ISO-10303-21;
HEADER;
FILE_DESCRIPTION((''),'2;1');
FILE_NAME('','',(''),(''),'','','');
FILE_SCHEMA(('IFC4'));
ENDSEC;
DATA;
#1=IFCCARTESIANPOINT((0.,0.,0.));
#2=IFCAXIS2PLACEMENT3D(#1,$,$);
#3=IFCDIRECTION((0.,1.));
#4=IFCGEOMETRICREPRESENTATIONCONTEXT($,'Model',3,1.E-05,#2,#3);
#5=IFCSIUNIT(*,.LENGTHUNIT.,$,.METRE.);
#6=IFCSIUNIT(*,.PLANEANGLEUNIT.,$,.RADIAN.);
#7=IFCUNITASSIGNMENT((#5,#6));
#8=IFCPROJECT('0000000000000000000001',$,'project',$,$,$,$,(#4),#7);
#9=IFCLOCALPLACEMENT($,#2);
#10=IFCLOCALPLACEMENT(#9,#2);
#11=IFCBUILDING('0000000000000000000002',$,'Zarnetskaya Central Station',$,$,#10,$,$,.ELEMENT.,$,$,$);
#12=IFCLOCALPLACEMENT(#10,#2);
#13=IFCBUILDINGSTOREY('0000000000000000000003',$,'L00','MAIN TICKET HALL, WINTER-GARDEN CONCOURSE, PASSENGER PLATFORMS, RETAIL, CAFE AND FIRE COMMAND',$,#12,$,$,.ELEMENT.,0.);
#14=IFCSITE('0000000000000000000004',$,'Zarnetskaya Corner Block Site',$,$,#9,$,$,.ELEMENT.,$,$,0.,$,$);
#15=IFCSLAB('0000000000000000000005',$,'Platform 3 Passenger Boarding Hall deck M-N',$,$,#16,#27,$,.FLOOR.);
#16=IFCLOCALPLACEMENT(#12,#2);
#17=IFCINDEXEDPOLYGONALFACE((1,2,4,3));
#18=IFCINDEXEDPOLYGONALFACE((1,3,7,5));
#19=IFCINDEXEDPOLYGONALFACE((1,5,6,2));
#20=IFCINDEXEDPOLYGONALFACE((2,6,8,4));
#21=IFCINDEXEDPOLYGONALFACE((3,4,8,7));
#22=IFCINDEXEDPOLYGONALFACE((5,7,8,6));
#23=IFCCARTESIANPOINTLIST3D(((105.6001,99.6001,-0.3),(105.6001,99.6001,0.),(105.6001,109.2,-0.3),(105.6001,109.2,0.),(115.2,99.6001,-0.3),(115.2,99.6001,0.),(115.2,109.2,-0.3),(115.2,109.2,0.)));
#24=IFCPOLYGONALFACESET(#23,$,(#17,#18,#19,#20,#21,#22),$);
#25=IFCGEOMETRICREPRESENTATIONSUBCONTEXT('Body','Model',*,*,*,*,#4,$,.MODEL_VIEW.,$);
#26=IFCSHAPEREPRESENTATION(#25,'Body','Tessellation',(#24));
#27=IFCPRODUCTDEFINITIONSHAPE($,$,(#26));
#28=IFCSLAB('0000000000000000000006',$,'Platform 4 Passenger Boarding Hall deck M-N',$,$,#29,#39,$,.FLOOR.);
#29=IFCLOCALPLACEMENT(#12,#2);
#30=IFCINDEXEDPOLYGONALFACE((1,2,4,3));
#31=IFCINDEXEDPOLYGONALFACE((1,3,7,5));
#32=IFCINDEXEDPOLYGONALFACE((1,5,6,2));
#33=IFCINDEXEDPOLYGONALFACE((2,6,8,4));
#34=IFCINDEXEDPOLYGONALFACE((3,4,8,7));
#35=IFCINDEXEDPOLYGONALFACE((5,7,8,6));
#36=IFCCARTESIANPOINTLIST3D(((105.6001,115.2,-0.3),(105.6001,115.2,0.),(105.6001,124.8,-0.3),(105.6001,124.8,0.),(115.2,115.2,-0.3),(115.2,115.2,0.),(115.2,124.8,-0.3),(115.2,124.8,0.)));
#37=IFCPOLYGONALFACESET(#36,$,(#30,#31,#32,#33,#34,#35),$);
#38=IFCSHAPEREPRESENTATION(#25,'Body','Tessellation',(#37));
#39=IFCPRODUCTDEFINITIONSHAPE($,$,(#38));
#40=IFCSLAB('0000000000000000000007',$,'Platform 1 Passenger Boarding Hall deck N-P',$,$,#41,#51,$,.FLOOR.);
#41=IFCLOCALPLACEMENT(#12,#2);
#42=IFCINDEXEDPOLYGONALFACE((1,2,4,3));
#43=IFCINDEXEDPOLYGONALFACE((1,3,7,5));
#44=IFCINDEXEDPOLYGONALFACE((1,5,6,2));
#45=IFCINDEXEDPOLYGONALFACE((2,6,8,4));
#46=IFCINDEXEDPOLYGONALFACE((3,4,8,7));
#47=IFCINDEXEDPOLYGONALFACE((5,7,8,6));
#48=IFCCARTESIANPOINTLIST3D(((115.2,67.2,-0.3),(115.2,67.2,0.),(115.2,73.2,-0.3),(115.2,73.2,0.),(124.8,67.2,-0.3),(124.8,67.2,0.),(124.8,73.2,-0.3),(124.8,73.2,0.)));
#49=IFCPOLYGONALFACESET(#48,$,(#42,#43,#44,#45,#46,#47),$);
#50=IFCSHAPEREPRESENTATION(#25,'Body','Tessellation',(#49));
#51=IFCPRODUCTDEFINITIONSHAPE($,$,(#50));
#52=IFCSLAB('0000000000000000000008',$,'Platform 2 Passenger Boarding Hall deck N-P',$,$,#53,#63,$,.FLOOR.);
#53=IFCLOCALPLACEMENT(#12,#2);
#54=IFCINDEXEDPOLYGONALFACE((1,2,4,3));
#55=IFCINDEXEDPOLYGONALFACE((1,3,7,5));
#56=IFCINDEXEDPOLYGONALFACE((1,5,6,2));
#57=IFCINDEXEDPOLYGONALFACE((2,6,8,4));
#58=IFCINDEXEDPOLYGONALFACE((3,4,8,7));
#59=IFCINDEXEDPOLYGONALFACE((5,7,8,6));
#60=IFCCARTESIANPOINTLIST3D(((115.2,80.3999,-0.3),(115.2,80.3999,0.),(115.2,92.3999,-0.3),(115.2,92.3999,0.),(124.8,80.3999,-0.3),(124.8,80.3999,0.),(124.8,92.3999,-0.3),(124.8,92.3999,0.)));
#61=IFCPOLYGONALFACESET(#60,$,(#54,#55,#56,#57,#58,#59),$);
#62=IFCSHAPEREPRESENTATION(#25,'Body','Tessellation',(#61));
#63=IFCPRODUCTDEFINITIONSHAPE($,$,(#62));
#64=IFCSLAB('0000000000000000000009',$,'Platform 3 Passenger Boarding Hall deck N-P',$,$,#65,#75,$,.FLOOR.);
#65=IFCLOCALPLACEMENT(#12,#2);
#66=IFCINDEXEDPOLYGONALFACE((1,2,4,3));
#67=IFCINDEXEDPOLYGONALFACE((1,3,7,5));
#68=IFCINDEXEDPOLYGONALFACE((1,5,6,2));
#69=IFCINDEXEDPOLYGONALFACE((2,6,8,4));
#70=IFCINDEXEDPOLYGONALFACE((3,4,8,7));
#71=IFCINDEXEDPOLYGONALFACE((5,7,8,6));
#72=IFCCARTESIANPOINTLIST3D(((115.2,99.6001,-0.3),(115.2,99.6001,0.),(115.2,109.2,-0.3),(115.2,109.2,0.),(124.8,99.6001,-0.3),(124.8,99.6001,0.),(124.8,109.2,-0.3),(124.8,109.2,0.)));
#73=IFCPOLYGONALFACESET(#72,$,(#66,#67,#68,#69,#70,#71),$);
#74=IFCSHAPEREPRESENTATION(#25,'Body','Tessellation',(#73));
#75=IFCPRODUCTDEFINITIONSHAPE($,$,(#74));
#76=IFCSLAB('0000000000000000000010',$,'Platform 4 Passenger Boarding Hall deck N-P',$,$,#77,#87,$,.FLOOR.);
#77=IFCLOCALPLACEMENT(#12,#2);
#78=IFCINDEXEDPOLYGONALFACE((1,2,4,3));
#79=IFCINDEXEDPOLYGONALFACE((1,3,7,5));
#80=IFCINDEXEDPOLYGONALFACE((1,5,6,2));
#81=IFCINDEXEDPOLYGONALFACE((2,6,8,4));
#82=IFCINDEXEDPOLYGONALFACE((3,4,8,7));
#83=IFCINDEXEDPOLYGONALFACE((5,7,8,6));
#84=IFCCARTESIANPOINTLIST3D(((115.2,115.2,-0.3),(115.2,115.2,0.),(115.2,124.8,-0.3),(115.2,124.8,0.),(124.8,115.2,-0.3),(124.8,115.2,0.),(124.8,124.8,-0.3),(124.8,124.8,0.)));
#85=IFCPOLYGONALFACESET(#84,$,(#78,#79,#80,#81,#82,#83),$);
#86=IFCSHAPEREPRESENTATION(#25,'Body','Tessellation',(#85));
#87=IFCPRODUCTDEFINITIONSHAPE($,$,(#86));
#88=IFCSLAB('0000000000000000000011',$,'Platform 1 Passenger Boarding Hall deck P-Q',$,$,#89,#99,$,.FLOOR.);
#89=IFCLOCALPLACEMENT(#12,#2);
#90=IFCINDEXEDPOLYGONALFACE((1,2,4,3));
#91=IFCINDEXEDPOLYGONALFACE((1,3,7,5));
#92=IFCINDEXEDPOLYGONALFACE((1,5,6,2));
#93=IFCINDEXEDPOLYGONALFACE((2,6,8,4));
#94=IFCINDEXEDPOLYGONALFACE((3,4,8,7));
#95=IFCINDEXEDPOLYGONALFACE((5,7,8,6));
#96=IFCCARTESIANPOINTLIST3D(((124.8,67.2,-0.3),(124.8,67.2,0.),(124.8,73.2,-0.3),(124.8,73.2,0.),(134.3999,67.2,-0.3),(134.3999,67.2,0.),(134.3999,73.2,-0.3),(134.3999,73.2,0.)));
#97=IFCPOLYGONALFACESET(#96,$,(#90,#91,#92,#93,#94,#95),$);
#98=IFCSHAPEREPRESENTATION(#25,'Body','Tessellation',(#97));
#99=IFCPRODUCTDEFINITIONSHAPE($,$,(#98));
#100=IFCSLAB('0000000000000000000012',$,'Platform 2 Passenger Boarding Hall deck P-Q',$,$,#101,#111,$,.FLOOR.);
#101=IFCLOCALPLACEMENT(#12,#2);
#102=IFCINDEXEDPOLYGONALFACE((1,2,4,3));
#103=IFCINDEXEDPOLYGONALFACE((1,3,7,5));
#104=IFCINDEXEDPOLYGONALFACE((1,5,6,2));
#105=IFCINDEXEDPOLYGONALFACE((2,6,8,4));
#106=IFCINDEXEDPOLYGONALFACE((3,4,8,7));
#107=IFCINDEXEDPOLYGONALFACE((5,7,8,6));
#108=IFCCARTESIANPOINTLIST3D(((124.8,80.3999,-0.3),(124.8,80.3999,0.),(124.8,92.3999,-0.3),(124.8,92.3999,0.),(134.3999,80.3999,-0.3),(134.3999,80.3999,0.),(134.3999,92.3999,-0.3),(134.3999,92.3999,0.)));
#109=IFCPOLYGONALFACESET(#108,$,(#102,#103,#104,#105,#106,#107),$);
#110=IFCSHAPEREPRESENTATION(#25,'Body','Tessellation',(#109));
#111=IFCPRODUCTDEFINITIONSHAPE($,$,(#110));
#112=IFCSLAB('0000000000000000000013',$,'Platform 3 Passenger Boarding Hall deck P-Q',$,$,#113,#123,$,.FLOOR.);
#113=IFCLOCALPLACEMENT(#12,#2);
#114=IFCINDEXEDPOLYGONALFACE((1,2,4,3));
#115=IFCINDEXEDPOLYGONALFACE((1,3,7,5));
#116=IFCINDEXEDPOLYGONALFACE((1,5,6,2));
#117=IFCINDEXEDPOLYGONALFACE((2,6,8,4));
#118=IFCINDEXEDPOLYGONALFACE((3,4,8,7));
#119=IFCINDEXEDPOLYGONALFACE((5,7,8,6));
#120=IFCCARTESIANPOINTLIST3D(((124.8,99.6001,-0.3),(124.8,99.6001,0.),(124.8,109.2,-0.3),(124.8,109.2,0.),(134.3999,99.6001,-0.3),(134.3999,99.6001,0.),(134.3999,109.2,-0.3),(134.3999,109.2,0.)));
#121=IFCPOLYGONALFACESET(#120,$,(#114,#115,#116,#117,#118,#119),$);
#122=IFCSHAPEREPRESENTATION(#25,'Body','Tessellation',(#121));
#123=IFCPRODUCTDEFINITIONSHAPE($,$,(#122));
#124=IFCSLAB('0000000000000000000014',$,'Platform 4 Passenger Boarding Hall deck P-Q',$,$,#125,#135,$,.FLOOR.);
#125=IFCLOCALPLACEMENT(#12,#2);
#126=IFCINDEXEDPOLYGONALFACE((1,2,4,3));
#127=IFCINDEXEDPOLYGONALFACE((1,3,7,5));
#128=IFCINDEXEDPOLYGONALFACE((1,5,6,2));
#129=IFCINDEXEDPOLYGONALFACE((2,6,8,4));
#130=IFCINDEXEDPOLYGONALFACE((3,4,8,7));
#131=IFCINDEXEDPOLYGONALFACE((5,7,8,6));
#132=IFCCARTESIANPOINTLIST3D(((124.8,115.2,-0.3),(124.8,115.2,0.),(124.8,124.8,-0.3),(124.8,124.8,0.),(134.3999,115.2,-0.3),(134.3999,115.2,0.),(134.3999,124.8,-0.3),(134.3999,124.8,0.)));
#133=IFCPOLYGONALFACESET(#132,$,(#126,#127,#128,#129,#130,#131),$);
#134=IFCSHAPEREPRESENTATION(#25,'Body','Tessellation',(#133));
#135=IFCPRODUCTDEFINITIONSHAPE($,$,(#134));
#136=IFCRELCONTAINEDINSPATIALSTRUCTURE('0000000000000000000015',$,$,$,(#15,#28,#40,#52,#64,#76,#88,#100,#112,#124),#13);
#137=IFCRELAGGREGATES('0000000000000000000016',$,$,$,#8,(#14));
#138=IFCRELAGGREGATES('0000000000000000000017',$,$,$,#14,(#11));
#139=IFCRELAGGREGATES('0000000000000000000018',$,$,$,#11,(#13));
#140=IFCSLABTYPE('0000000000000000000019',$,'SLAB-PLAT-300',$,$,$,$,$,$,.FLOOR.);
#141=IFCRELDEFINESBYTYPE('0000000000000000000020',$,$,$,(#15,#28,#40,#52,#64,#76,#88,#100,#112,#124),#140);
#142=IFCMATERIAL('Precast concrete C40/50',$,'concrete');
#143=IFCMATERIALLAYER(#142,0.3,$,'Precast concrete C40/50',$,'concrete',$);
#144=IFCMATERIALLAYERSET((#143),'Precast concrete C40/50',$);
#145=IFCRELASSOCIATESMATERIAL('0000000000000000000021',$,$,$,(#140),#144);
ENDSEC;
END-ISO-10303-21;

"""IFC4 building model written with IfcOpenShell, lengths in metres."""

from ifc_helpers import new_model, si_unit, direction, frame, origin, place, context, subcontext, project, spatial, polyline, outline, extrude, material, layer, layer_set, type_object, element, save


model = new_model("IFC4")

# Units and contexts
model_context = context("Model", 3, precision=1e-05, world=origin(), true_north=direction((0.0, 1.0)))
body_context = subcontext(model_context, "Body", "Model", "MODEL_VIEW")
ifc_project = project(units=[si_unit("LENGTHUNIT", "METRE"), si_unit("PLANEANGLEUNIT", "RADIAN")], contexts=[model_context])

# Site, building, storey
site_placement = place(None, origin())
site = spatial("IfcSite", under=ifc_project, at=site_placement, Name="Zarnetskaya Corner Block Site", CompositionType="ELEMENT", RefElevation=0.0)
building_placement = place(site_placement, origin())
building = spatial("IfcBuilding", under=site, at=building_placement, Name="Zarnetskaya Central Station", CompositionType="ELEMENT")
storey_placement = place(building_placement, origin())
storey = spatial("IfcBuildingStorey", under=building, at=storey_placement, Name="L00", Description="MAIN TICKET HALL, WINTER-GARDEN CONCOURSE, PASSENGER PLATFORMS, RETAIL, CAFE AND FIRE COMMAND", CompositionType="ELEMENT", Elevation=0.0)

# Slabs
ifc_material = material(Name="Precast concrete C40/50", Category="concrete")
ifc_layer_1 = layer(ifc_material, 0.3, Name="Precast concrete C40/50", Category="concrete")
ifc_layer_set_1 = layer_set([ifc_layer_1], Name="Precast concrete C40/50")
slab_type_1 = type_object("IfcSlabType", Name="SLAB-PLAT-300", PredefinedType="FLOOR", material=ifc_layer_set_1)
slab_1_placement = place(storey_placement, frame((0.0, 0.0, -0.3)))
element("IfcSlab", 1, at=slab_1_placement, inside=storey, type_object=slab_type_1, Name="Platform 3 Passenger Boarding Hall deck M-N", PredefinedType="FLOOR", context=body_context, shape_type="SweptSolid", body=[
    extrude(outline(polyline([(105.6001, 99.6001), (115.2, 99.6001), (115.2, 109.2), (105.6001, 109.2), (105.6001, 99.6001)])), origin(), (0.0, 0.0, 1.0), 0.3),
])
slab_2_placement = place(storey_placement, frame((0.0, 0.0, -0.3)))
element("IfcSlab", 2, at=slab_2_placement, inside=storey, type_object=slab_type_1, Name="Platform 4 Passenger Boarding Hall deck M-N", PredefinedType="FLOOR", context=body_context, shape_type="SweptSolid", body=[
    extrude(outline(polyline([(105.6001, 115.2), (115.2, 115.2), (115.2, 124.8), (105.6001, 124.8), (105.6001, 115.2)])), origin(), (0.0, 0.0, 1.0), 0.3),
])
slab_3_placement = place(storey_placement, frame((0.0, 0.0, -0.3)))
element("IfcSlab", 3, at=slab_3_placement, inside=storey, type_object=slab_type_1, Name="Platform 1 Passenger Boarding Hall deck N-P", PredefinedType="FLOOR", context=body_context, shape_type="SweptSolid", body=[
    extrude(outline(polyline([(115.2, 67.2), (124.8, 67.2), (124.8, 73.2), (115.2, 73.2), (115.2, 67.2)])), origin(), (0.0, 0.0, 1.0), 0.3),
])
slab_4_placement = place(storey_placement, frame((0.0, 0.0, -0.3)))
element("IfcSlab", 4, at=slab_4_placement, inside=storey, type_object=slab_type_1, Name="Platform 2 Passenger Boarding Hall deck N-P", PredefinedType="FLOOR", context=body_context, shape_type="SweptSolid", body=[
    extrude(outline(polyline([(115.2, 80.3999), (124.8, 80.3999), (124.8, 92.3999), (115.2, 92.3999), (115.2, 80.3999)])), origin(), (0.0, 0.0, 1.0), 0.3),
])
slab_5_placement = place(storey_placement, frame((0.0, 0.0, -0.3)))
element("IfcSlab", 5, at=slab_5_placement, inside=storey, type_object=slab_type_1, Name="Platform 3 Passenger Boarding Hall deck N-P", PredefinedType="FLOOR", context=body_context, shape_type="SweptSolid", body=[
    extrude(outline(polyline([(115.2, 99.6001), (124.8, 99.6001), (124.8, 109.2), (115.2, 109.2), (115.2, 99.6001)])), origin(), (0.0, 0.0, 1.0), 0.3),
])
slab_6_placement = place(storey_placement, frame((0.0, 0.0, -0.3)))
element("IfcSlab", 6, at=slab_6_placement, inside=storey, type_object=slab_type_1, Name="Platform 4 Passenger Boarding Hall deck N-P", PredefinedType="FLOOR", context=body_context, shape_type="SweptSolid", body=[
    extrude(outline(polyline([(115.2, 115.2), (124.8, 115.2), (124.8, 124.8), (115.2, 124.8), (115.2, 115.2)])), origin(), (0.0, 0.0, 1.0), 0.3),
])
slab_7_placement = place(storey_placement, frame((0.0, 0.0, -0.3)))
element("IfcSlab", 7, at=slab_7_placement, inside=storey, type_object=slab_type_1, Name="Platform 1 Passenger Boarding Hall deck P-Q", PredefinedType="FLOOR", context=body_context, shape_type="SweptSolid", body=[
    extrude(outline(polyline([(124.8, 67.2), (134.3999, 67.2), (134.3999, 73.2), (124.8, 73.2), (124.8, 67.2)])), origin(), (0.0, 0.0, 1.0), 0.3),
])
slab_8_placement = place(storey_placement, frame((0.0, 0.0, -0.3)))
element("IfcSlab", 8, at=slab_8_placement, inside=storey, type_object=slab_type_1, Name="Platform 2 Passenger Boarding Hall deck P-Q", PredefinedType="FLOOR", context=body_context, shape_type="SweptSolid", body=[
    extrude(outline(polyline([(124.8, 80.3999), (134.3999, 80.3999), (134.3999, 92.3999), (124.8, 92.3999), (124.8, 80.3999)])), origin(), (0.0, 0.0, 1.0), 0.3),
])
slab_9_placement = place(storey_placement, frame((0.0, 0.0, -0.3)))
element("IfcSlab", 9, at=slab_9_placement, inside=storey, type_object=slab_type_1, Name="Platform 3 Passenger Boarding Hall deck P-Q", PredefinedType="FLOOR", context=body_context, shape_type="SweptSolid", body=[
    extrude(outline(polyline([(124.8, 99.6001), (134.3999, 99.6001), (134.3999, 109.2), (124.8, 109.2), (124.8, 99.6001)])), origin(), (0.0, 0.0, 1.0), 0.3),
])
slab_10_placement = place(storey_placement, frame((0.0, 0.0, -0.3)))
element("IfcSlab", 10, at=slab_10_placement, inside=storey, type_object=slab_type_1, Name="Platform 4 Passenger Boarding Hall deck P-Q", PredefinedType="FLOOR", context=body_context, shape_type="SweptSolid", body=[
    extrude(outline(polyline([(124.8, 115.2), (134.3999, 115.2), (134.3999, 124.8), (124.8, 124.8), (124.8, 115.2)])), origin(), (0.0, 0.0, 1.0), 0.3),
])

save(model, "model.ifc")
